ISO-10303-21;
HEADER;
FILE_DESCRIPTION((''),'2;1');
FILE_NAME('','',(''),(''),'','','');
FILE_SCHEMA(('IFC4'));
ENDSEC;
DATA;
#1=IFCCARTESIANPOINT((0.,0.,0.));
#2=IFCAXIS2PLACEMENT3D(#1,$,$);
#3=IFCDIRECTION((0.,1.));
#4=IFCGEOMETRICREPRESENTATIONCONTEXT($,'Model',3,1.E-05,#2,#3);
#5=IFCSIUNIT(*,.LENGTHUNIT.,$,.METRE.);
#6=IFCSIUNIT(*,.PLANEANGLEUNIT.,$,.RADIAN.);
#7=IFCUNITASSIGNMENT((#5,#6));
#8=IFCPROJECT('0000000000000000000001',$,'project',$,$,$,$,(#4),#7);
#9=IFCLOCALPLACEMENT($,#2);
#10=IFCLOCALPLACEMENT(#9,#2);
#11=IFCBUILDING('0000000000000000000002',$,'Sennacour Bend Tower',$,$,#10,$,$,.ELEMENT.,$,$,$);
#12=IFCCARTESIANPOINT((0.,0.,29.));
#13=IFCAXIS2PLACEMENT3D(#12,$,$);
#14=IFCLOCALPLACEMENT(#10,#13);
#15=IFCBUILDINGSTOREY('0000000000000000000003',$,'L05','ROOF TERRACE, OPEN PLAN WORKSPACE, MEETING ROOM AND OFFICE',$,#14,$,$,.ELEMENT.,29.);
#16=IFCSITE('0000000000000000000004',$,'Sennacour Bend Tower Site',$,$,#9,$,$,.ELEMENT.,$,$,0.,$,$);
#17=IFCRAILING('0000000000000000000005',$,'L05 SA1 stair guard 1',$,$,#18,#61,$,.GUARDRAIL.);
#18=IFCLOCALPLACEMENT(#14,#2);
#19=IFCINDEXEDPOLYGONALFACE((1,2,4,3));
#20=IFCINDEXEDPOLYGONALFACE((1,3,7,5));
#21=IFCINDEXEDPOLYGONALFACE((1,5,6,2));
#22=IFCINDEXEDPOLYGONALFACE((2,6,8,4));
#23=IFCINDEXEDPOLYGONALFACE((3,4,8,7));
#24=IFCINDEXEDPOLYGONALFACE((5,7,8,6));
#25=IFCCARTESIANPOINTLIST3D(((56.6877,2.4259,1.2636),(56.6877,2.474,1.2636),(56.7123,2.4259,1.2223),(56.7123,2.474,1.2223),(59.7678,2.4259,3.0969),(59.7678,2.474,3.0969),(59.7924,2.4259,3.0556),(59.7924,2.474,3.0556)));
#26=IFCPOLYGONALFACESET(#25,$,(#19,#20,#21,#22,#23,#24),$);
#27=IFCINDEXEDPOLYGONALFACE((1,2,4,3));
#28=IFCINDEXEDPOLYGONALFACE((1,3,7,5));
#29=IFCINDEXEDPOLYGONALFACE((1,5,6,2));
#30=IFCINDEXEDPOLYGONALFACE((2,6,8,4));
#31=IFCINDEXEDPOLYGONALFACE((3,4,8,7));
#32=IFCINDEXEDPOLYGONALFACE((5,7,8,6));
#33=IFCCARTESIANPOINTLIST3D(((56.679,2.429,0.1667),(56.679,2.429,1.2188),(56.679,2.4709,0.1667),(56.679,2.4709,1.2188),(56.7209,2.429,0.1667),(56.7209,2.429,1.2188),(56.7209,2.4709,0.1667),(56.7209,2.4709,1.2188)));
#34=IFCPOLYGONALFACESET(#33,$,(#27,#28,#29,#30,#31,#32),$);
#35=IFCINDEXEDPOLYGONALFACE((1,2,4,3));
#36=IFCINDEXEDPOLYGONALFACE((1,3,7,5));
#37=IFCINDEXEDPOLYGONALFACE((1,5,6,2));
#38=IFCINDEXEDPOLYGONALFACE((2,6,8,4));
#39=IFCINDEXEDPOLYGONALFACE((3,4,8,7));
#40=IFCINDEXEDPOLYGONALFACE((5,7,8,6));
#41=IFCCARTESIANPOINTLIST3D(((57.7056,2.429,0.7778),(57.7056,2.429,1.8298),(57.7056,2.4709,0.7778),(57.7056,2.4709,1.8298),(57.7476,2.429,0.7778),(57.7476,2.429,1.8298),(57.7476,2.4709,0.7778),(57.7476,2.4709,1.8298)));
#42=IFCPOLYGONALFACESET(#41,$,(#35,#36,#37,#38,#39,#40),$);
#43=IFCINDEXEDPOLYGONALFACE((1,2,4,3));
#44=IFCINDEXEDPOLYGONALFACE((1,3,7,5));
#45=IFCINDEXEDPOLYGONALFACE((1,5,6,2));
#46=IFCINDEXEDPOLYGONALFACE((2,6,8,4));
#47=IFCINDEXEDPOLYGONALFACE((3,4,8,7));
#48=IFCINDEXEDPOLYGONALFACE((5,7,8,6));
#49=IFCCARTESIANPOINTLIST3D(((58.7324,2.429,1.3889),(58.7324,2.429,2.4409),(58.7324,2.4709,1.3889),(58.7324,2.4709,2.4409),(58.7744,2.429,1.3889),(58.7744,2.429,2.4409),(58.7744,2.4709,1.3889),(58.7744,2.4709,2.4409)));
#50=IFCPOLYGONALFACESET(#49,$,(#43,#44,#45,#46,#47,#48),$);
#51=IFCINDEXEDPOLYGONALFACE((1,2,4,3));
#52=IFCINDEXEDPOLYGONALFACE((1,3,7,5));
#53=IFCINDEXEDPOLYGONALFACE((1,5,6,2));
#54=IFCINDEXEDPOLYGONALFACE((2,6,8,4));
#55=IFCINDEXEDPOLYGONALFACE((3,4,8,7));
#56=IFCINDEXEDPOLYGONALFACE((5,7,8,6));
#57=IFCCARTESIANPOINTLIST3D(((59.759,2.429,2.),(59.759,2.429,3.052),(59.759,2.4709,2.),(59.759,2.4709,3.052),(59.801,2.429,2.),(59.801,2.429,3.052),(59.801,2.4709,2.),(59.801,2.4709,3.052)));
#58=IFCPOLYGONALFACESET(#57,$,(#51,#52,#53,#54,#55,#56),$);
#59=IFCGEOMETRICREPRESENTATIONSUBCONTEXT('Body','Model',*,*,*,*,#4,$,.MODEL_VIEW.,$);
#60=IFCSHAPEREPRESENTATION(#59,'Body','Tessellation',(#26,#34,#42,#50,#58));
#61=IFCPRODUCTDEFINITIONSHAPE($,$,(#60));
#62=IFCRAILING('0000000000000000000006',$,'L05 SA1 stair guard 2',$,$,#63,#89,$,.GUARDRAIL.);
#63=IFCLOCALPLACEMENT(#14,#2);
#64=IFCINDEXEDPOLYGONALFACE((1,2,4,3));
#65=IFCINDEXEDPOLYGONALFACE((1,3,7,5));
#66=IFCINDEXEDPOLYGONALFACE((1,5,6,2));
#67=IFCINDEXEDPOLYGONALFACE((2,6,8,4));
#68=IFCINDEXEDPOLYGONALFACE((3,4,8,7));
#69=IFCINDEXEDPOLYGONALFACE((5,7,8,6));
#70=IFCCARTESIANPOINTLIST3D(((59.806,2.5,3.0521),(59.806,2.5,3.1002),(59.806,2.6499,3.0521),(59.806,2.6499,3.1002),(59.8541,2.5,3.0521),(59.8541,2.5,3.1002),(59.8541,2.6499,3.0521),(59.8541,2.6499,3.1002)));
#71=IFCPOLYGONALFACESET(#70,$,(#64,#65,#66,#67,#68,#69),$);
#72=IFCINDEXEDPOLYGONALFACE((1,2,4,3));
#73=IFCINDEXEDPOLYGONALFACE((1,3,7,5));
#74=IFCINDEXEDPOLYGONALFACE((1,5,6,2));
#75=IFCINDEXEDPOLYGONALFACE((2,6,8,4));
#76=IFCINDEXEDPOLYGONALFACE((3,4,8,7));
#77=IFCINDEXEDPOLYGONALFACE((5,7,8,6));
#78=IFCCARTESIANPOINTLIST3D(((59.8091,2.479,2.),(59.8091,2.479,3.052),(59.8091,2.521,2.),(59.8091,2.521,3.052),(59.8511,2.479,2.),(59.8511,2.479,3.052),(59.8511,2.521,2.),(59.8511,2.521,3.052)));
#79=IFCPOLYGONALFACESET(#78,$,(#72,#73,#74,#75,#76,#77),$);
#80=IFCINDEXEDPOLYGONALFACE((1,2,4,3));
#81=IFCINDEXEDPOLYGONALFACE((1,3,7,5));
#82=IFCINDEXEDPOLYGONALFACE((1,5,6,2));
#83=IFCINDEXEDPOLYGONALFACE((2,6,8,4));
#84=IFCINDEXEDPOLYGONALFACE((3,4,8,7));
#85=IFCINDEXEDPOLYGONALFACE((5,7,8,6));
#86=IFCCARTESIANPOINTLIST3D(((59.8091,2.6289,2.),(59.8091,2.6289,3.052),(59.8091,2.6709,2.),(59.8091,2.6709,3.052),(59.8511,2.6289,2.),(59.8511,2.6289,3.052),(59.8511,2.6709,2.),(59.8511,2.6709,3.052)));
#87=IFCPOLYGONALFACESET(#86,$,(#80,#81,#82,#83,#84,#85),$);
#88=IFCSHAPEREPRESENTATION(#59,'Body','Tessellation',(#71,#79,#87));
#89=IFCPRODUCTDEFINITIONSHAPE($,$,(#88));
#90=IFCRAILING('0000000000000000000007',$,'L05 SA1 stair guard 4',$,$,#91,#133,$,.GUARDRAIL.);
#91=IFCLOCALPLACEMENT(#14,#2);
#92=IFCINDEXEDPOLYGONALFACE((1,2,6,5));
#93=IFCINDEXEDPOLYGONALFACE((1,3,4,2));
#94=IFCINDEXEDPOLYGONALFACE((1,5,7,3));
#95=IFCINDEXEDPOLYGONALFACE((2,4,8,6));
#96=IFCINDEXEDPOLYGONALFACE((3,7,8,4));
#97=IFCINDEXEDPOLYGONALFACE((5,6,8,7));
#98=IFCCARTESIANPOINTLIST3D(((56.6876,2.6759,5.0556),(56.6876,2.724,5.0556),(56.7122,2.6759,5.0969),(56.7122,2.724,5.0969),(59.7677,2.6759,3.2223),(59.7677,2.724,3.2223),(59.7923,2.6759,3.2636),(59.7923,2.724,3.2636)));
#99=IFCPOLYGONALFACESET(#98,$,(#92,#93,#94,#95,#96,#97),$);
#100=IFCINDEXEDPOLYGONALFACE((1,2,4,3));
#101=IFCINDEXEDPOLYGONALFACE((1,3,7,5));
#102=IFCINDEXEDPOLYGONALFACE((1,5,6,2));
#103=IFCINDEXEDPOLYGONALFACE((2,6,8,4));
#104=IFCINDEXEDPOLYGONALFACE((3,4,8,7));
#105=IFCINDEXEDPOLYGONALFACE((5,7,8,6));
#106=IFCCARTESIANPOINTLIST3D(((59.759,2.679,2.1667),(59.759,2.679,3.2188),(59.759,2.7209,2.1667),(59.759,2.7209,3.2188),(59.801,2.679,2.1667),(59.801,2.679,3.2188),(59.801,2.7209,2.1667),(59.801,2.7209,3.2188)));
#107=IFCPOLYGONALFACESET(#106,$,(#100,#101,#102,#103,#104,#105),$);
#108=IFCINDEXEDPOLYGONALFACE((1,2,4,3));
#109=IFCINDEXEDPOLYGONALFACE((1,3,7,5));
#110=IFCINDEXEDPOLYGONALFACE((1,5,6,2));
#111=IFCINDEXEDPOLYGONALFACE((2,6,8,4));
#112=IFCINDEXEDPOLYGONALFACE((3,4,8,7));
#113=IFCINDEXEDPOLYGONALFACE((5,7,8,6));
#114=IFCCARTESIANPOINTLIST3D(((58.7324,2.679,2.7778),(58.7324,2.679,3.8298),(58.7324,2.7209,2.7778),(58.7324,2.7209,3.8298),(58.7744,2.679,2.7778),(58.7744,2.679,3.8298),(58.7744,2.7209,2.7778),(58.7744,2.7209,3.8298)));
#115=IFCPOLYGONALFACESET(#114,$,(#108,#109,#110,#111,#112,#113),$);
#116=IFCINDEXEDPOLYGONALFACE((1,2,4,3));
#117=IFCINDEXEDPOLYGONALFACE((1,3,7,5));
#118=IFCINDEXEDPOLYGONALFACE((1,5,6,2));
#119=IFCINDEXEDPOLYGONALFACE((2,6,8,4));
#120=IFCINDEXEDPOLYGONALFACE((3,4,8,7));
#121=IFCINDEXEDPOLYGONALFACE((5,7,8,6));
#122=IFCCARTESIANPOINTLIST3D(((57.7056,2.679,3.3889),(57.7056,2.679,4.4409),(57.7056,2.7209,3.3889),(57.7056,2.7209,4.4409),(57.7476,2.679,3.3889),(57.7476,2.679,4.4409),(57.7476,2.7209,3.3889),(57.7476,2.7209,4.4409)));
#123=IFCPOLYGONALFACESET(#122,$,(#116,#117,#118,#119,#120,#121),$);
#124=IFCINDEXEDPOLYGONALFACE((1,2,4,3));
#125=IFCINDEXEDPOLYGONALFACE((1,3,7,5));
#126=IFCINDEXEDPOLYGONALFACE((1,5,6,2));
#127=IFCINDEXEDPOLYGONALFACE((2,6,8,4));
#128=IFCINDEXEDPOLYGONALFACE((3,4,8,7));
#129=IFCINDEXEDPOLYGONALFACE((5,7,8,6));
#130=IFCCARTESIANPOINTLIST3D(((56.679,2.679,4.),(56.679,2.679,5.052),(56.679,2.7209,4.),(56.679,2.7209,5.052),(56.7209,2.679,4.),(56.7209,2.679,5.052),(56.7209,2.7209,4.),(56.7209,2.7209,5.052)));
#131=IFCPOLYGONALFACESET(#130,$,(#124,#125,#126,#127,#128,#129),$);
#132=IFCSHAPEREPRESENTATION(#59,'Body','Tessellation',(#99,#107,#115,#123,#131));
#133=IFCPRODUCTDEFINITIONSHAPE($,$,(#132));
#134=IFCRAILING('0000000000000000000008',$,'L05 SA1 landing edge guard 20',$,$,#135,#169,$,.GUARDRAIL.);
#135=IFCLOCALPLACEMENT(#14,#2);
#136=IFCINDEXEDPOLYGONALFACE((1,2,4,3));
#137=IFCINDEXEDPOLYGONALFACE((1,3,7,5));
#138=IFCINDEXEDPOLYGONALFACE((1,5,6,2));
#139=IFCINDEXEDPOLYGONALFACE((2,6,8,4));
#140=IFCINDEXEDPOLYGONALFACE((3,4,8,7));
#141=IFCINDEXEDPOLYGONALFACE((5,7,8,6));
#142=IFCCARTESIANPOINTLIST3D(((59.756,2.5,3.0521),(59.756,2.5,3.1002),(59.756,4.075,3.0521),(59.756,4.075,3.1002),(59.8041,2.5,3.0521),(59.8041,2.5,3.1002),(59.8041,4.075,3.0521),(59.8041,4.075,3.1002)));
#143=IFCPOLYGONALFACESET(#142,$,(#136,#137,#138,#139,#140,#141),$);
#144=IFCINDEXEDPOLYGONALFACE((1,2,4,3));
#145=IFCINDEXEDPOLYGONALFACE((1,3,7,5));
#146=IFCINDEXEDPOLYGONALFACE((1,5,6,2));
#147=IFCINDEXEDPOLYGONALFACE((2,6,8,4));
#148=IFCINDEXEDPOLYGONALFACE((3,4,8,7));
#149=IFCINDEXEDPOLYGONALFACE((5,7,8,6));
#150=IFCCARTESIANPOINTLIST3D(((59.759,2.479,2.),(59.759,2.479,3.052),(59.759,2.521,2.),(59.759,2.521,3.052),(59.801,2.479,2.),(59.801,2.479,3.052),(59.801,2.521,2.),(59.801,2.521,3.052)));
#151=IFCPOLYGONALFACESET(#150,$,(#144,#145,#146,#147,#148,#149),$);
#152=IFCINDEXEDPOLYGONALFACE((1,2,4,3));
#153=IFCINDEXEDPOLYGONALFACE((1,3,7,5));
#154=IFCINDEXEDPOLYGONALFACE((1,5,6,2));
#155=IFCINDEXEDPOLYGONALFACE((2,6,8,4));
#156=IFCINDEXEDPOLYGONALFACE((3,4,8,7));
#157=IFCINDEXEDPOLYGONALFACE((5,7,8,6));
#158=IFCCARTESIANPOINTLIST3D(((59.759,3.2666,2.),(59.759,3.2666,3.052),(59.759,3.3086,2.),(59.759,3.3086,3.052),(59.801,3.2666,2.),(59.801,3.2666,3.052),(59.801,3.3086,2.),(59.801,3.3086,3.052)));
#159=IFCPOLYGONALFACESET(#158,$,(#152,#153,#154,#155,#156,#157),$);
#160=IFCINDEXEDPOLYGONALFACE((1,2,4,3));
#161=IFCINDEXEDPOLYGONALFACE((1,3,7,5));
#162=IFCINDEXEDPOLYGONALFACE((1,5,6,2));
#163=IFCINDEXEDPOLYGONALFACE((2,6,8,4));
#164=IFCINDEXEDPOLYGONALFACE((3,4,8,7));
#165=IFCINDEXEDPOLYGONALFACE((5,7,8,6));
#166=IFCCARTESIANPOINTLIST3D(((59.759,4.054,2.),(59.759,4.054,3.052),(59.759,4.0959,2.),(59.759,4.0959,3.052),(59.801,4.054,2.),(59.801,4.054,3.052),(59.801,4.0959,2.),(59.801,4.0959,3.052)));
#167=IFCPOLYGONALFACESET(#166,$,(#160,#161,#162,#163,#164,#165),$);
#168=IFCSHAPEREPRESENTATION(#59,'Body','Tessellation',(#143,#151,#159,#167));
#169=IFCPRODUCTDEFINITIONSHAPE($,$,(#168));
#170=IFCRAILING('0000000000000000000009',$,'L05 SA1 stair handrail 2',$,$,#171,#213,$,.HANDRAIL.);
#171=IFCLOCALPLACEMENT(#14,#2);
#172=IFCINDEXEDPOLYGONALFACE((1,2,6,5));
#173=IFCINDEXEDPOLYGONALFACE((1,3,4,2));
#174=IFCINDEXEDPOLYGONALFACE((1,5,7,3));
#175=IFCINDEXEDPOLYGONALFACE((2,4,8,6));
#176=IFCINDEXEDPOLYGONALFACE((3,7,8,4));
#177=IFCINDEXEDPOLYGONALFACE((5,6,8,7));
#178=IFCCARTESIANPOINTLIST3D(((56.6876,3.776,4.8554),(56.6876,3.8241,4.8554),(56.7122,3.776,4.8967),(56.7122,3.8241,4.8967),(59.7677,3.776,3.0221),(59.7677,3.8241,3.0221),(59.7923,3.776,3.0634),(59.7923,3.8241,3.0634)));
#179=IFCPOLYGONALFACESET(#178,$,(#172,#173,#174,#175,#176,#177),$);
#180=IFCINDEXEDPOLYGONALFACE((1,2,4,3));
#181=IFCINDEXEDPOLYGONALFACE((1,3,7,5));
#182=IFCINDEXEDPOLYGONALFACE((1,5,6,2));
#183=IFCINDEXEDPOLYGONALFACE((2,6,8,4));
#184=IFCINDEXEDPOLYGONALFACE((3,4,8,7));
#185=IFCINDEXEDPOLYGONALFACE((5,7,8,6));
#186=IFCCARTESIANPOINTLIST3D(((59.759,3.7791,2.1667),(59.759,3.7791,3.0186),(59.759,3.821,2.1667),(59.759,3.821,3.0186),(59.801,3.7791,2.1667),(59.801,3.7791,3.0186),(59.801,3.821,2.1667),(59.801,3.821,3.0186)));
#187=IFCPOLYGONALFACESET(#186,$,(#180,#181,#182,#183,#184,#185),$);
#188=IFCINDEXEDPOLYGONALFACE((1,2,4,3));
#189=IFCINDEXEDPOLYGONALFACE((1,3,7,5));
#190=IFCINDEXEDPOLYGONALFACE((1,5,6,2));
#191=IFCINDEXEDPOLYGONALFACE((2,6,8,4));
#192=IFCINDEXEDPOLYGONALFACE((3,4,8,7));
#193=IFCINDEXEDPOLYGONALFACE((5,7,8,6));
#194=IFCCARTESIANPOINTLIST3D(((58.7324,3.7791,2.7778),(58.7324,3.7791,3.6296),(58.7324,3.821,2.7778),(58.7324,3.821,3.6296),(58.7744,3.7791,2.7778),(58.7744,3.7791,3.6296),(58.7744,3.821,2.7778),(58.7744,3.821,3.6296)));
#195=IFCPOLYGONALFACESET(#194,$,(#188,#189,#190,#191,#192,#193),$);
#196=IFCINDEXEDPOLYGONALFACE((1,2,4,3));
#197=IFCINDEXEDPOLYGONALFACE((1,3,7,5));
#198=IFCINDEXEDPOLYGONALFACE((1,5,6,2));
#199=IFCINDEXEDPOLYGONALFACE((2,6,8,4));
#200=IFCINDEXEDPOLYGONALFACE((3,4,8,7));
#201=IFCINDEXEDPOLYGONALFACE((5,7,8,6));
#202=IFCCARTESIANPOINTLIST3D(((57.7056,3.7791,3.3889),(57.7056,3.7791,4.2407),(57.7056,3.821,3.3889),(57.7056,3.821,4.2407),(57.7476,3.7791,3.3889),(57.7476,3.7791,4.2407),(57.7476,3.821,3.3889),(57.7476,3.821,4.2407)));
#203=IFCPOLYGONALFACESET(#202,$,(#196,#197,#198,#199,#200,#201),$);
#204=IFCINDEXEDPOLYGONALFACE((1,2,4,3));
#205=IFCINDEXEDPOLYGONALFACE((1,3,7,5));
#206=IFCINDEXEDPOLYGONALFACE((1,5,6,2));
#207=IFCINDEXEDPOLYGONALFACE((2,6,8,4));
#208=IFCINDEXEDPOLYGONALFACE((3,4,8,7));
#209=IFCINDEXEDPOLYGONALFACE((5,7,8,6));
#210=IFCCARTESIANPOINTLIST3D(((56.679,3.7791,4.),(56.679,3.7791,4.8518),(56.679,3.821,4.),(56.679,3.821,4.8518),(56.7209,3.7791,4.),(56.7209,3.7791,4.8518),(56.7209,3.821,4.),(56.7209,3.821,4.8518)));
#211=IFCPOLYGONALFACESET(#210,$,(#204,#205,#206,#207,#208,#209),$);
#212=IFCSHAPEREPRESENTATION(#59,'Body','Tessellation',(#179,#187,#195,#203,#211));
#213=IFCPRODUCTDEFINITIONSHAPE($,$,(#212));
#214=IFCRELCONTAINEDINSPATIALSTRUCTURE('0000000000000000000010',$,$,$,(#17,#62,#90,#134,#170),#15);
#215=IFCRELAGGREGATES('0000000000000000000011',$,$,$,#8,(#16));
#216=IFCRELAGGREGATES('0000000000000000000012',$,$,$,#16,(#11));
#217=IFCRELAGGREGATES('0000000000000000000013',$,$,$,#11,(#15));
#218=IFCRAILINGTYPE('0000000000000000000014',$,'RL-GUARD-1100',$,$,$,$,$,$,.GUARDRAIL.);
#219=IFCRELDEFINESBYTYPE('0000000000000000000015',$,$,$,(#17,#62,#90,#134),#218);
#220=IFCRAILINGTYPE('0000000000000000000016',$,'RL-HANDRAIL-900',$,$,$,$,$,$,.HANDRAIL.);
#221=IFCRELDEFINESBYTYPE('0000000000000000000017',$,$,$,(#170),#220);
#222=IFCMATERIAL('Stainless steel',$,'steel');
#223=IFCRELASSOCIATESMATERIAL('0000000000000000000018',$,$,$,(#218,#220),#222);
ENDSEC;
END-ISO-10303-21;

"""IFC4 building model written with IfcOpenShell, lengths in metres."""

from ifc_helpers import new_model, si_unit, direction, frame, origin, origin_2d, place, context, subcontext, project, spatial, rectangle, extrude, material, type_object, element, save


model = new_model("IFC4")

# Units and contexts
model_context = context("Model", 3, precision=1e-05, world=origin(), true_north=direction((0.0, 1.0)))
body_context = subcontext(model_context, "Body", "Model", "MODEL_VIEW")
ifc_project = project(units=[si_unit("LENGTHUNIT", "METRE"), si_unit("PLANEANGLEUNIT", "RADIAN")], contexts=[model_context])

# Site, building, storey
site_placement = place(None, origin())
site = spatial("IfcSite", under=ifc_project, at=site_placement, Name="Sennacour Bend Tower Site", CompositionType="ELEMENT", RefElevation=0.0)
building_placement = place(site_placement, origin())
building = spatial("IfcBuilding", under=site, at=building_placement, Name="Sennacour Bend Tower", CompositionType="ELEMENT")
storey_placement = place(building_placement, frame((0.0, 0.0, 29.0)))
storey = spatial("IfcBuildingStorey", under=building, at=storey_placement, Name="L05", Description="ROOF TERRACE, OPEN PLAN WORKSPACE, MEETING ROOM AND OFFICE", CompositionType="ELEMENT", Elevation=29.0)

# Shared definitions
ifc_material_1 = material(Name="Stainless steel", Category="steel")

# Railings
railing_type_1 = type_object("IfcRailingType", Name="RL-GUARD-1100", PredefinedType="GUARDRAIL", material=ifc_material_1)
railing_1_placement = place(storey_placement, frame((56.7, 2.45, 0.1667)))
element("IfcRailing", 1, at=railing_1_placement, inside=storey, type_object=railing_type_1, Name="L05 SA1 stair guard 1", PredefinedType="GUARDRAIL", context=body_context, shape_type="SweptSolid", body=[
    extrude(rectangle(XDim=0.0481, YDim=0.0481, at=origin_2d()), frame((0.0, 0.0, 1.0762), z_axis=(0.859309, 0.0, 0.511458), x_axis=(0.0, 1.0, 0.0)), (0.0, 0.0, 1.0), 3.5845),
    extrude(rectangle(XDim=0.042, YDim=0.042, at=origin_2d()), origin(), (0.0, 0.0, 1.0), 1.052),
    extrude(rectangle(XDim=0.042, YDim=0.042, at=origin_2d()), frame((1.0266, 0.0, 0.6111)), (0.0, 0.0, 1.0), 1.052),
    extrude(rectangle(XDim=0.042, YDim=0.042, at=origin_2d()), frame((2.0535, 0.0, 1.2222)), (0.0, 0.0, 1.0), 1.052),
    extrude(rectangle(XDim=0.042, YDim=0.042, at=origin_2d()), frame((3.0801, 0.0, 1.8333)), (0.0, 0.0, 1.0), 1.052),
])
railing_2_placement = place(storey_placement, frame((59.8301, 2.5, 2.0)))
element("IfcRailing", 2, at=railing_2_placement, inside=storey, type_object=railing_type_1, Name="L05 SA1 stair guard 2", PredefinedType="GUARDRAIL", context=body_context, shape_type="SweptSolid", body=[
    extrude(rectangle(XDim=0.0481, YDim=0.0481, at=origin_2d()), frame((0.0, 0.0, 1.0762), z_axis=(0.0, 1.0, 0.0), x_axis=(-1.0, 0.0, 0.0)), (0.0, 0.0, 1.0), 0.1499),
    extrude(rectangle(XDim=0.042, YDim=0.042, at=origin_2d()), origin(), (0.0, 0.0, 1.0), 1.052),
    extrude(rectangle(XDim=0.042, YDim=0.042, at=origin_2d()), frame((0.0, 0.1499, 0.0)), (0.0, 0.0, 1.0), 1.052),
])
railing_3_placement = place(storey_placement, frame((59.78, 2.7, 2.1667)))
element("IfcRailing", 3, at=railing_3_placement, inside=storey, type_object=railing_type_1, Name="L05 SA1 stair guard 4", PredefinedType="GUARDRAIL", context=body_context, shape_type="SweptSolid", body=[
    extrude(rectangle(XDim=0.0481, YDim=0.0481, at=origin_2d()), frame((0.0, 0.0, 1.0762), z_axis=(-0.859309, 0.0, 0.511458), x_axis=(0.0, -1.0, 0.0)), (0.0, 0.0, 1.0), 3.5845),
    extrude(rectangle(XDim=0.042, YDim=0.042, at=origin_2d()), origin(), (0.0, 0.0, 1.0), 1.052),
    extrude(rectangle(XDim=0.042, YDim=0.042, at=origin_2d()), frame((-1.0266, 0.0, 0.6111)), (0.0, 0.0, 1.0), 1.052),
    extrude(rectangle(XDim=0.042, YDim=0.042, at=origin_2d()), frame((-2.0535, 0.0, 1.2222)), (0.0, 0.0, 1.0), 1.052),
    extrude(rectangle(XDim=0.042, YDim=0.042, at=origin_2d()), frame((-3.0801, 0.0, 1.8333)), (0.0, 0.0, 1.0), 1.052),
])
railing_4_placement = place(storey_placement, frame((59.78, 2.5, 2.0)))
element("IfcRailing", 4, at=railing_4_placement, inside=storey, type_object=railing_type_1, Name="L05 SA1 landing edge guard 20", PredefinedType="GUARDRAIL", context=body_context, shape_type="SweptSolid", body=[
    extrude(rectangle(XDim=0.0481, YDim=0.0481, at=origin_2d()), frame((0.0, 0.0, 1.0762), z_axis=(0.0, 1.0, 0.0), x_axis=(-1.0, 0.0, 0.0)), (0.0, 0.0, 1.0), 1.575),
    extrude(rectangle(XDim=0.042, YDim=0.042, at=origin_2d()), origin(), (0.0, 0.0, 1.0), 1.052),
    extrude(rectangle(XDim=0.042, YDim=0.042, at=origin_2d()), frame((0.0, 0.7876, 0.0)), (0.0, 0.0, 1.0), 1.052),
    extrude(rectangle(XDim=0.042, YDim=0.042, at=origin_2d()), frame((0.0, 1.575, 0.0)), (0.0, 0.0, 1.0), 1.052),
])
railing_type_2 = type_object("IfcRailingType", Name="RL-HANDRAIL-900", PredefinedType="HANDRAIL", material=ifc_material_1)
railing_5_placement = place(storey_placement, frame((59.78, 3.8, 2.1667)))
element("IfcRailing", 5, at=railing_5_placement, inside=storey, type_object=railing_type_2, Name="L05 SA1 stair handrail 2", PredefinedType="HANDRAIL", context=body_context, shape_type="SweptSolid", body=[
    extrude(rectangle(XDim=0.0481, YDim=0.0481, at=origin_2d()), frame((0.0, 0.0, 0.876), z_axis=(-0.859309, 0.0, 0.511458), x_axis=(0.0, -1.0, 0.0)), (0.0, 0.0, 1.0), 3.5845),
    extrude(rectangle(XDim=0.042, YDim=0.042, at=origin_2d()), origin(), (0.0, 0.0, 1.0), 0.8518),
    extrude(rectangle(XDim=0.042, YDim=0.042, at=origin_2d()), frame((-1.0266, 0.0, 0.6111)), (0.0, 0.0, 1.0), 0.8518),
    extrude(rectangle(XDim=0.042, YDim=0.042, at=origin_2d()), frame((-2.0535, 0.0, 1.2222)), (0.0, 0.0, 1.0), 0.8518),
    extrude(rectangle(XDim=0.042, YDim=0.042, at=origin_2d()), frame((-3.0801, 0.0, 1.8333)), (0.0, 0.0, 1.0), 0.8518),
])

save(model, "model.ifc")
